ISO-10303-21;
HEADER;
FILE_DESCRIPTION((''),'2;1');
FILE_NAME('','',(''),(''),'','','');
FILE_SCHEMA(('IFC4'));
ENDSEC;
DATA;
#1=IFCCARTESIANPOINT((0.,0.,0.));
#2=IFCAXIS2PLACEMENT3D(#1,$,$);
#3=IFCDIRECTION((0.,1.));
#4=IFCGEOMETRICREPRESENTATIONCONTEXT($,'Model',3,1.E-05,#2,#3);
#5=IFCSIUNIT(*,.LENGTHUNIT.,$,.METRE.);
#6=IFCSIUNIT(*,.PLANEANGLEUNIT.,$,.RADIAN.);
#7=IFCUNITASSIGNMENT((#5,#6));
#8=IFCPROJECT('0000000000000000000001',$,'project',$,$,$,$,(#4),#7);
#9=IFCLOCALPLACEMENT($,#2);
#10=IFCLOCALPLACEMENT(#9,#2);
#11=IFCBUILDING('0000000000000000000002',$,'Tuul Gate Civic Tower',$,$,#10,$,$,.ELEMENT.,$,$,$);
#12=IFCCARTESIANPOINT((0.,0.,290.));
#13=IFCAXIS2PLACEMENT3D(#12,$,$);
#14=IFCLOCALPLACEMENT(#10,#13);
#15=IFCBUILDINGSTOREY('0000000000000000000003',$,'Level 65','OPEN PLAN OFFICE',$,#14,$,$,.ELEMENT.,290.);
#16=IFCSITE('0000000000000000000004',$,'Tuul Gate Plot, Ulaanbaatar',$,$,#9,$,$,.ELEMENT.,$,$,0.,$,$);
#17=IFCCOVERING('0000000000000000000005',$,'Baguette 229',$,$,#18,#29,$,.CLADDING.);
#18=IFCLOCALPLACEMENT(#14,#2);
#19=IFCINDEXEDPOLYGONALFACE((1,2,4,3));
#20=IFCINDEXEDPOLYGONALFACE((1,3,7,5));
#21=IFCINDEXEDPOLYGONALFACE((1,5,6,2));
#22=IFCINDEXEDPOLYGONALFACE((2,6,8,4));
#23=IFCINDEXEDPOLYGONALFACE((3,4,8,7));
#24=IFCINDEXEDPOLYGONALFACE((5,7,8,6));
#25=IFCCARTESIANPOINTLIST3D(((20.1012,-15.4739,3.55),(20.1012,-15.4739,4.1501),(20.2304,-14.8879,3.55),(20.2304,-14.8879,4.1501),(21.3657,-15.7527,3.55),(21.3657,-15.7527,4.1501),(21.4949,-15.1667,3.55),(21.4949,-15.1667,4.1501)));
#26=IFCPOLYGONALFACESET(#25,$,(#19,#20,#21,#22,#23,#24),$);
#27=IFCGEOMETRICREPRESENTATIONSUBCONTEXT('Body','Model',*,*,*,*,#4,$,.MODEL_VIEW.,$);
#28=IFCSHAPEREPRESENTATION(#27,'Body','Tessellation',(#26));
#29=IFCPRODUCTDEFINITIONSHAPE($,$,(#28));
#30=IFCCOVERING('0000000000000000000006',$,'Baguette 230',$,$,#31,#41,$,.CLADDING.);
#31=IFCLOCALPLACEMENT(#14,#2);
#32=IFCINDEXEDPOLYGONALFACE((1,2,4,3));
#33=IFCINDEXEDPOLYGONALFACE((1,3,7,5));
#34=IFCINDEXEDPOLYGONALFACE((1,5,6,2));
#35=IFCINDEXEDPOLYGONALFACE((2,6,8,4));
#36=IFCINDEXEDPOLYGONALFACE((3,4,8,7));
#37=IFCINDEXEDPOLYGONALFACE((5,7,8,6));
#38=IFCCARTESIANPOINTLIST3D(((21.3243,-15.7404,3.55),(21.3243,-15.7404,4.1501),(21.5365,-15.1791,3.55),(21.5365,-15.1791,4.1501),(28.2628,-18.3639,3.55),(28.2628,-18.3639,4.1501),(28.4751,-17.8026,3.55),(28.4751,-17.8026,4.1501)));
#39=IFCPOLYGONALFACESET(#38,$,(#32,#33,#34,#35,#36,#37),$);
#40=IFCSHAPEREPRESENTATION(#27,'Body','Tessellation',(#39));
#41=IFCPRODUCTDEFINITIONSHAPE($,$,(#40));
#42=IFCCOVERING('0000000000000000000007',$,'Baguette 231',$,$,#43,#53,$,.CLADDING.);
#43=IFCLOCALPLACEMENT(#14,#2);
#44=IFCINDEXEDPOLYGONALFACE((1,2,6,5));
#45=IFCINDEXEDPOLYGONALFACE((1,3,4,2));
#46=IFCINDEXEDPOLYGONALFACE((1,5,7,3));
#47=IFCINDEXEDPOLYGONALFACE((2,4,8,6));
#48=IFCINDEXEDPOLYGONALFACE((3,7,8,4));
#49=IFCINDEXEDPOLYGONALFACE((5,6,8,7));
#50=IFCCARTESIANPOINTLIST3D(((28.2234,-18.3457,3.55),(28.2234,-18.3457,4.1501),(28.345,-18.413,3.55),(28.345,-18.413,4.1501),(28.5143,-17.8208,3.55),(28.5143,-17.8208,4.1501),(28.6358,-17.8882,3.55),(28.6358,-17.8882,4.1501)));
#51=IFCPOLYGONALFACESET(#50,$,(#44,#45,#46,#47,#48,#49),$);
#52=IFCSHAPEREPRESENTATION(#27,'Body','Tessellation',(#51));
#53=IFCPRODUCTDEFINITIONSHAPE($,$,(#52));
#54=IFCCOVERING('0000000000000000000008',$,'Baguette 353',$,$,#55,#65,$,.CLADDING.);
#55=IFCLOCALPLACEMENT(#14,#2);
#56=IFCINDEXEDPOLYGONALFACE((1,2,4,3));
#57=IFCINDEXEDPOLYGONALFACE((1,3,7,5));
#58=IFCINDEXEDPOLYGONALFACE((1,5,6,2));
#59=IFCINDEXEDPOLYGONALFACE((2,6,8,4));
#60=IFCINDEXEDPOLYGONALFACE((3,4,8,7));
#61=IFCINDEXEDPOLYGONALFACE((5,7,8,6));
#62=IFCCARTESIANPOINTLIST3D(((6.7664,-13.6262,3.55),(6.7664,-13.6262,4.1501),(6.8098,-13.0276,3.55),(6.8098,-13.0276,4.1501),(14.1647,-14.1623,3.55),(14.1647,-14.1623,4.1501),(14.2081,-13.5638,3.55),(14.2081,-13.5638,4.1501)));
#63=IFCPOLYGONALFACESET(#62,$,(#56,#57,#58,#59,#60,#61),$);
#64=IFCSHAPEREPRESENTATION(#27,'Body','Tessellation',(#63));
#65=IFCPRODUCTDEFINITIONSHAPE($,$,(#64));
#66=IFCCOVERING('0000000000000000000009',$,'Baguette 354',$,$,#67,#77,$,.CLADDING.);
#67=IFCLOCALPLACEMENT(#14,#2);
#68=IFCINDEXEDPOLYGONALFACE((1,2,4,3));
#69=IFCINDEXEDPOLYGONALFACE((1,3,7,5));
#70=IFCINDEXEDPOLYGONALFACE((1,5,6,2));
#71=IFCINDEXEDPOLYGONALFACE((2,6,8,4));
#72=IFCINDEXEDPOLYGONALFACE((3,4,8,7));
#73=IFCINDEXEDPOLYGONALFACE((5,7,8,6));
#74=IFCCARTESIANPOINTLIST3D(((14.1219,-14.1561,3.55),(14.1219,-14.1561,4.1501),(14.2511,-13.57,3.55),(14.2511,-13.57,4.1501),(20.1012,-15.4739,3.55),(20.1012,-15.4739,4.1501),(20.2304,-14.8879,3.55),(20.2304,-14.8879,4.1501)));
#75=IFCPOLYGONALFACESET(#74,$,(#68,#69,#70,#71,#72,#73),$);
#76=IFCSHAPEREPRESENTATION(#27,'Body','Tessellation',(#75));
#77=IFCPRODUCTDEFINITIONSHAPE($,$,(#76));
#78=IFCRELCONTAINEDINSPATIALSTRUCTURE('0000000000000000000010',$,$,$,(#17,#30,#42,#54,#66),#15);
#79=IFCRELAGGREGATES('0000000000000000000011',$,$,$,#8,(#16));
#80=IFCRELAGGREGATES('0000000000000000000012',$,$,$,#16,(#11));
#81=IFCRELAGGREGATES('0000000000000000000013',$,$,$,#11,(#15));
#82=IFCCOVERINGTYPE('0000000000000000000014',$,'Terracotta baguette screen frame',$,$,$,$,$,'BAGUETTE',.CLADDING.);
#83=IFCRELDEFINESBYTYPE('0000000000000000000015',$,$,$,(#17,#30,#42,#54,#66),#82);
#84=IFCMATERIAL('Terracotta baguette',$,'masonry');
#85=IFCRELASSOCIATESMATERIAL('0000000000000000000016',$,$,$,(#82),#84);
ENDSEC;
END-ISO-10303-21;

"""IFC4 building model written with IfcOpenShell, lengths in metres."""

from ifc_helpers import new_model, si_unit, direction, frame, origin, origin_2d, place, context, subcontext, project, spatial, rectangle, extrude, material, material_profile, profile_set, type_object, element, save


model = new_model("IFC4")

# Units and contexts
model_context = context("Model", 3, precision=1e-05, world=origin(), true_north=direction((0.0, 1.0)))
body_context = subcontext(model_context, "Body", "Model", "MODEL_VIEW")
ifc_project = project(units=[si_unit("LENGTHUNIT", "METRE"), si_unit("PLANEANGLEUNIT", "RADIAN")], contexts=[model_context])

# Site, building, storey
site_placement = place(None, origin())
site = spatial("IfcSite", under=ifc_project, at=site_placement, Name="Tuul Gate Plot, Ulaanbaatar", CompositionType="ELEMENT", RefElevation=0.0)
building_placement = place(site_placement, origin())
building = spatial("IfcBuilding", under=site, at=building_placement, Name="Tuul Gate Civic Tower", CompositionType="ELEMENT")
storey_placement = place(building_placement, frame((0.0, 0.0, 290.0)))
storey = spatial("IfcBuildingStorey", under=building, at=storey_placement, Name="Level 65", Description="OPEN PLAN OFFICE", CompositionType="ELEMENT", Elevation=290.0)

# Coverings
ifc_material_1 = material(Name="Terracotta baguette", Category="masonry")
ifc_material_profile_1 = material_profile(ifc_material_1, rectangle(XDim=0.6001, YDim=0.6001, at=origin_2d()), Name="Terracotta baguette screen frame")
ifc_profile_set_1 = profile_set([ifc_material_profile_1], Name="Terracotta baguette")
covering_type = type_object("IfcCoveringType", Name="Terracotta baguette screen frame", ElementType="BAGUETTE", PredefinedType="CLADDING", material=ifc_profile_set_1)
covering_1_placement = place(storey_placement, frame((20.1658, -15.1809, 3.8501), z_axis=(0.976549, -0.215293, 0.0), x_axis=(0.215293, 0.976549, 0.0)))
element("IfcCovering", 1, at=covering_1_placement, inside=storey, type_object=covering_type, Name="Baguette 229", PredefinedType="CLADDING", context=body_context, shape_type="SweptSolid", body=[
    extrude(rectangle(XDim=0.6001, YDim=0.6001, at=origin_2d()), origin(), (0.0, 0.0, 1.0), 1.2949),
])
covering_2_placement = place(storey_placement, frame((21.4304, -15.4597, 3.8501), z_axis=(0.935368, -0.353676, 0.0), x_axis=(0.353676, 0.935368, 0.0)))
element("IfcCovering", 2, at=covering_2_placement, inside=storey, type_object=covering_type, Name="Baguette 230", PredefinedType="CLADDING", context=body_context, shape_type="SweptSolid", body=[
    extrude(rectangle(XDim=0.6001, YDim=0.6001, at=origin_2d()), origin(), (0.0, 0.0, 1.0), 7.418),
])
covering_3_placement = place(storey_placement, frame((28.3689, -18.0833, 3.8501), z_axis=(0.874654, -0.484748, 0.0), x_axis=(0.484748, 0.874654, 0.0)))
element("IfcCovering", 3, at=covering_3_placement, inside=storey, type_object=covering_type, Name="Baguette 231", PredefinedType="CLADDING", context=body_context, shape_type="SweptSolid", body=[
    extrude(rectangle(XDim=0.6001, YDim=0.6001, at=origin_2d()), origin(), (0.0, 0.0, 1.0), 0.1389),
])
covering_4_placement = place(storey_placement, frame((6.7881, -13.3269, 3.8501), z_axis=(0.997385, -0.072276, 0.0), x_axis=(0.072276, 0.997385, 0.0)))
element("IfcCovering", 4, at=covering_4_placement, inside=storey, type_object=covering_type, Name="Baguette 353", PredefinedType="CLADDING", context=body_context, shape_type="SweptSolid", body=[
    extrude(rectangle(XDim=0.6001, YDim=0.6001, at=origin_2d()), origin(), (0.0, 0.0, 1.0), 7.4177),
])
covering_5_placement = place(storey_placement, frame((14.1865, -13.863, 3.8501), z_axis=(0.976561, -0.215241, 0.0), x_axis=(0.215241, 0.976561, 0.0)))
element("IfcCovering", 5, at=covering_5_placement, inside=storey, type_object=covering_type, Name="Baguette 354", PredefinedType="CLADDING", context=body_context, shape_type="SweptSolid", body=[
    extrude(rectangle(XDim=0.6001, YDim=0.6001, at=origin_2d()), origin(), (0.0, 0.0, 1.0), 6.1228),
])

save(model, "model.ifc")
